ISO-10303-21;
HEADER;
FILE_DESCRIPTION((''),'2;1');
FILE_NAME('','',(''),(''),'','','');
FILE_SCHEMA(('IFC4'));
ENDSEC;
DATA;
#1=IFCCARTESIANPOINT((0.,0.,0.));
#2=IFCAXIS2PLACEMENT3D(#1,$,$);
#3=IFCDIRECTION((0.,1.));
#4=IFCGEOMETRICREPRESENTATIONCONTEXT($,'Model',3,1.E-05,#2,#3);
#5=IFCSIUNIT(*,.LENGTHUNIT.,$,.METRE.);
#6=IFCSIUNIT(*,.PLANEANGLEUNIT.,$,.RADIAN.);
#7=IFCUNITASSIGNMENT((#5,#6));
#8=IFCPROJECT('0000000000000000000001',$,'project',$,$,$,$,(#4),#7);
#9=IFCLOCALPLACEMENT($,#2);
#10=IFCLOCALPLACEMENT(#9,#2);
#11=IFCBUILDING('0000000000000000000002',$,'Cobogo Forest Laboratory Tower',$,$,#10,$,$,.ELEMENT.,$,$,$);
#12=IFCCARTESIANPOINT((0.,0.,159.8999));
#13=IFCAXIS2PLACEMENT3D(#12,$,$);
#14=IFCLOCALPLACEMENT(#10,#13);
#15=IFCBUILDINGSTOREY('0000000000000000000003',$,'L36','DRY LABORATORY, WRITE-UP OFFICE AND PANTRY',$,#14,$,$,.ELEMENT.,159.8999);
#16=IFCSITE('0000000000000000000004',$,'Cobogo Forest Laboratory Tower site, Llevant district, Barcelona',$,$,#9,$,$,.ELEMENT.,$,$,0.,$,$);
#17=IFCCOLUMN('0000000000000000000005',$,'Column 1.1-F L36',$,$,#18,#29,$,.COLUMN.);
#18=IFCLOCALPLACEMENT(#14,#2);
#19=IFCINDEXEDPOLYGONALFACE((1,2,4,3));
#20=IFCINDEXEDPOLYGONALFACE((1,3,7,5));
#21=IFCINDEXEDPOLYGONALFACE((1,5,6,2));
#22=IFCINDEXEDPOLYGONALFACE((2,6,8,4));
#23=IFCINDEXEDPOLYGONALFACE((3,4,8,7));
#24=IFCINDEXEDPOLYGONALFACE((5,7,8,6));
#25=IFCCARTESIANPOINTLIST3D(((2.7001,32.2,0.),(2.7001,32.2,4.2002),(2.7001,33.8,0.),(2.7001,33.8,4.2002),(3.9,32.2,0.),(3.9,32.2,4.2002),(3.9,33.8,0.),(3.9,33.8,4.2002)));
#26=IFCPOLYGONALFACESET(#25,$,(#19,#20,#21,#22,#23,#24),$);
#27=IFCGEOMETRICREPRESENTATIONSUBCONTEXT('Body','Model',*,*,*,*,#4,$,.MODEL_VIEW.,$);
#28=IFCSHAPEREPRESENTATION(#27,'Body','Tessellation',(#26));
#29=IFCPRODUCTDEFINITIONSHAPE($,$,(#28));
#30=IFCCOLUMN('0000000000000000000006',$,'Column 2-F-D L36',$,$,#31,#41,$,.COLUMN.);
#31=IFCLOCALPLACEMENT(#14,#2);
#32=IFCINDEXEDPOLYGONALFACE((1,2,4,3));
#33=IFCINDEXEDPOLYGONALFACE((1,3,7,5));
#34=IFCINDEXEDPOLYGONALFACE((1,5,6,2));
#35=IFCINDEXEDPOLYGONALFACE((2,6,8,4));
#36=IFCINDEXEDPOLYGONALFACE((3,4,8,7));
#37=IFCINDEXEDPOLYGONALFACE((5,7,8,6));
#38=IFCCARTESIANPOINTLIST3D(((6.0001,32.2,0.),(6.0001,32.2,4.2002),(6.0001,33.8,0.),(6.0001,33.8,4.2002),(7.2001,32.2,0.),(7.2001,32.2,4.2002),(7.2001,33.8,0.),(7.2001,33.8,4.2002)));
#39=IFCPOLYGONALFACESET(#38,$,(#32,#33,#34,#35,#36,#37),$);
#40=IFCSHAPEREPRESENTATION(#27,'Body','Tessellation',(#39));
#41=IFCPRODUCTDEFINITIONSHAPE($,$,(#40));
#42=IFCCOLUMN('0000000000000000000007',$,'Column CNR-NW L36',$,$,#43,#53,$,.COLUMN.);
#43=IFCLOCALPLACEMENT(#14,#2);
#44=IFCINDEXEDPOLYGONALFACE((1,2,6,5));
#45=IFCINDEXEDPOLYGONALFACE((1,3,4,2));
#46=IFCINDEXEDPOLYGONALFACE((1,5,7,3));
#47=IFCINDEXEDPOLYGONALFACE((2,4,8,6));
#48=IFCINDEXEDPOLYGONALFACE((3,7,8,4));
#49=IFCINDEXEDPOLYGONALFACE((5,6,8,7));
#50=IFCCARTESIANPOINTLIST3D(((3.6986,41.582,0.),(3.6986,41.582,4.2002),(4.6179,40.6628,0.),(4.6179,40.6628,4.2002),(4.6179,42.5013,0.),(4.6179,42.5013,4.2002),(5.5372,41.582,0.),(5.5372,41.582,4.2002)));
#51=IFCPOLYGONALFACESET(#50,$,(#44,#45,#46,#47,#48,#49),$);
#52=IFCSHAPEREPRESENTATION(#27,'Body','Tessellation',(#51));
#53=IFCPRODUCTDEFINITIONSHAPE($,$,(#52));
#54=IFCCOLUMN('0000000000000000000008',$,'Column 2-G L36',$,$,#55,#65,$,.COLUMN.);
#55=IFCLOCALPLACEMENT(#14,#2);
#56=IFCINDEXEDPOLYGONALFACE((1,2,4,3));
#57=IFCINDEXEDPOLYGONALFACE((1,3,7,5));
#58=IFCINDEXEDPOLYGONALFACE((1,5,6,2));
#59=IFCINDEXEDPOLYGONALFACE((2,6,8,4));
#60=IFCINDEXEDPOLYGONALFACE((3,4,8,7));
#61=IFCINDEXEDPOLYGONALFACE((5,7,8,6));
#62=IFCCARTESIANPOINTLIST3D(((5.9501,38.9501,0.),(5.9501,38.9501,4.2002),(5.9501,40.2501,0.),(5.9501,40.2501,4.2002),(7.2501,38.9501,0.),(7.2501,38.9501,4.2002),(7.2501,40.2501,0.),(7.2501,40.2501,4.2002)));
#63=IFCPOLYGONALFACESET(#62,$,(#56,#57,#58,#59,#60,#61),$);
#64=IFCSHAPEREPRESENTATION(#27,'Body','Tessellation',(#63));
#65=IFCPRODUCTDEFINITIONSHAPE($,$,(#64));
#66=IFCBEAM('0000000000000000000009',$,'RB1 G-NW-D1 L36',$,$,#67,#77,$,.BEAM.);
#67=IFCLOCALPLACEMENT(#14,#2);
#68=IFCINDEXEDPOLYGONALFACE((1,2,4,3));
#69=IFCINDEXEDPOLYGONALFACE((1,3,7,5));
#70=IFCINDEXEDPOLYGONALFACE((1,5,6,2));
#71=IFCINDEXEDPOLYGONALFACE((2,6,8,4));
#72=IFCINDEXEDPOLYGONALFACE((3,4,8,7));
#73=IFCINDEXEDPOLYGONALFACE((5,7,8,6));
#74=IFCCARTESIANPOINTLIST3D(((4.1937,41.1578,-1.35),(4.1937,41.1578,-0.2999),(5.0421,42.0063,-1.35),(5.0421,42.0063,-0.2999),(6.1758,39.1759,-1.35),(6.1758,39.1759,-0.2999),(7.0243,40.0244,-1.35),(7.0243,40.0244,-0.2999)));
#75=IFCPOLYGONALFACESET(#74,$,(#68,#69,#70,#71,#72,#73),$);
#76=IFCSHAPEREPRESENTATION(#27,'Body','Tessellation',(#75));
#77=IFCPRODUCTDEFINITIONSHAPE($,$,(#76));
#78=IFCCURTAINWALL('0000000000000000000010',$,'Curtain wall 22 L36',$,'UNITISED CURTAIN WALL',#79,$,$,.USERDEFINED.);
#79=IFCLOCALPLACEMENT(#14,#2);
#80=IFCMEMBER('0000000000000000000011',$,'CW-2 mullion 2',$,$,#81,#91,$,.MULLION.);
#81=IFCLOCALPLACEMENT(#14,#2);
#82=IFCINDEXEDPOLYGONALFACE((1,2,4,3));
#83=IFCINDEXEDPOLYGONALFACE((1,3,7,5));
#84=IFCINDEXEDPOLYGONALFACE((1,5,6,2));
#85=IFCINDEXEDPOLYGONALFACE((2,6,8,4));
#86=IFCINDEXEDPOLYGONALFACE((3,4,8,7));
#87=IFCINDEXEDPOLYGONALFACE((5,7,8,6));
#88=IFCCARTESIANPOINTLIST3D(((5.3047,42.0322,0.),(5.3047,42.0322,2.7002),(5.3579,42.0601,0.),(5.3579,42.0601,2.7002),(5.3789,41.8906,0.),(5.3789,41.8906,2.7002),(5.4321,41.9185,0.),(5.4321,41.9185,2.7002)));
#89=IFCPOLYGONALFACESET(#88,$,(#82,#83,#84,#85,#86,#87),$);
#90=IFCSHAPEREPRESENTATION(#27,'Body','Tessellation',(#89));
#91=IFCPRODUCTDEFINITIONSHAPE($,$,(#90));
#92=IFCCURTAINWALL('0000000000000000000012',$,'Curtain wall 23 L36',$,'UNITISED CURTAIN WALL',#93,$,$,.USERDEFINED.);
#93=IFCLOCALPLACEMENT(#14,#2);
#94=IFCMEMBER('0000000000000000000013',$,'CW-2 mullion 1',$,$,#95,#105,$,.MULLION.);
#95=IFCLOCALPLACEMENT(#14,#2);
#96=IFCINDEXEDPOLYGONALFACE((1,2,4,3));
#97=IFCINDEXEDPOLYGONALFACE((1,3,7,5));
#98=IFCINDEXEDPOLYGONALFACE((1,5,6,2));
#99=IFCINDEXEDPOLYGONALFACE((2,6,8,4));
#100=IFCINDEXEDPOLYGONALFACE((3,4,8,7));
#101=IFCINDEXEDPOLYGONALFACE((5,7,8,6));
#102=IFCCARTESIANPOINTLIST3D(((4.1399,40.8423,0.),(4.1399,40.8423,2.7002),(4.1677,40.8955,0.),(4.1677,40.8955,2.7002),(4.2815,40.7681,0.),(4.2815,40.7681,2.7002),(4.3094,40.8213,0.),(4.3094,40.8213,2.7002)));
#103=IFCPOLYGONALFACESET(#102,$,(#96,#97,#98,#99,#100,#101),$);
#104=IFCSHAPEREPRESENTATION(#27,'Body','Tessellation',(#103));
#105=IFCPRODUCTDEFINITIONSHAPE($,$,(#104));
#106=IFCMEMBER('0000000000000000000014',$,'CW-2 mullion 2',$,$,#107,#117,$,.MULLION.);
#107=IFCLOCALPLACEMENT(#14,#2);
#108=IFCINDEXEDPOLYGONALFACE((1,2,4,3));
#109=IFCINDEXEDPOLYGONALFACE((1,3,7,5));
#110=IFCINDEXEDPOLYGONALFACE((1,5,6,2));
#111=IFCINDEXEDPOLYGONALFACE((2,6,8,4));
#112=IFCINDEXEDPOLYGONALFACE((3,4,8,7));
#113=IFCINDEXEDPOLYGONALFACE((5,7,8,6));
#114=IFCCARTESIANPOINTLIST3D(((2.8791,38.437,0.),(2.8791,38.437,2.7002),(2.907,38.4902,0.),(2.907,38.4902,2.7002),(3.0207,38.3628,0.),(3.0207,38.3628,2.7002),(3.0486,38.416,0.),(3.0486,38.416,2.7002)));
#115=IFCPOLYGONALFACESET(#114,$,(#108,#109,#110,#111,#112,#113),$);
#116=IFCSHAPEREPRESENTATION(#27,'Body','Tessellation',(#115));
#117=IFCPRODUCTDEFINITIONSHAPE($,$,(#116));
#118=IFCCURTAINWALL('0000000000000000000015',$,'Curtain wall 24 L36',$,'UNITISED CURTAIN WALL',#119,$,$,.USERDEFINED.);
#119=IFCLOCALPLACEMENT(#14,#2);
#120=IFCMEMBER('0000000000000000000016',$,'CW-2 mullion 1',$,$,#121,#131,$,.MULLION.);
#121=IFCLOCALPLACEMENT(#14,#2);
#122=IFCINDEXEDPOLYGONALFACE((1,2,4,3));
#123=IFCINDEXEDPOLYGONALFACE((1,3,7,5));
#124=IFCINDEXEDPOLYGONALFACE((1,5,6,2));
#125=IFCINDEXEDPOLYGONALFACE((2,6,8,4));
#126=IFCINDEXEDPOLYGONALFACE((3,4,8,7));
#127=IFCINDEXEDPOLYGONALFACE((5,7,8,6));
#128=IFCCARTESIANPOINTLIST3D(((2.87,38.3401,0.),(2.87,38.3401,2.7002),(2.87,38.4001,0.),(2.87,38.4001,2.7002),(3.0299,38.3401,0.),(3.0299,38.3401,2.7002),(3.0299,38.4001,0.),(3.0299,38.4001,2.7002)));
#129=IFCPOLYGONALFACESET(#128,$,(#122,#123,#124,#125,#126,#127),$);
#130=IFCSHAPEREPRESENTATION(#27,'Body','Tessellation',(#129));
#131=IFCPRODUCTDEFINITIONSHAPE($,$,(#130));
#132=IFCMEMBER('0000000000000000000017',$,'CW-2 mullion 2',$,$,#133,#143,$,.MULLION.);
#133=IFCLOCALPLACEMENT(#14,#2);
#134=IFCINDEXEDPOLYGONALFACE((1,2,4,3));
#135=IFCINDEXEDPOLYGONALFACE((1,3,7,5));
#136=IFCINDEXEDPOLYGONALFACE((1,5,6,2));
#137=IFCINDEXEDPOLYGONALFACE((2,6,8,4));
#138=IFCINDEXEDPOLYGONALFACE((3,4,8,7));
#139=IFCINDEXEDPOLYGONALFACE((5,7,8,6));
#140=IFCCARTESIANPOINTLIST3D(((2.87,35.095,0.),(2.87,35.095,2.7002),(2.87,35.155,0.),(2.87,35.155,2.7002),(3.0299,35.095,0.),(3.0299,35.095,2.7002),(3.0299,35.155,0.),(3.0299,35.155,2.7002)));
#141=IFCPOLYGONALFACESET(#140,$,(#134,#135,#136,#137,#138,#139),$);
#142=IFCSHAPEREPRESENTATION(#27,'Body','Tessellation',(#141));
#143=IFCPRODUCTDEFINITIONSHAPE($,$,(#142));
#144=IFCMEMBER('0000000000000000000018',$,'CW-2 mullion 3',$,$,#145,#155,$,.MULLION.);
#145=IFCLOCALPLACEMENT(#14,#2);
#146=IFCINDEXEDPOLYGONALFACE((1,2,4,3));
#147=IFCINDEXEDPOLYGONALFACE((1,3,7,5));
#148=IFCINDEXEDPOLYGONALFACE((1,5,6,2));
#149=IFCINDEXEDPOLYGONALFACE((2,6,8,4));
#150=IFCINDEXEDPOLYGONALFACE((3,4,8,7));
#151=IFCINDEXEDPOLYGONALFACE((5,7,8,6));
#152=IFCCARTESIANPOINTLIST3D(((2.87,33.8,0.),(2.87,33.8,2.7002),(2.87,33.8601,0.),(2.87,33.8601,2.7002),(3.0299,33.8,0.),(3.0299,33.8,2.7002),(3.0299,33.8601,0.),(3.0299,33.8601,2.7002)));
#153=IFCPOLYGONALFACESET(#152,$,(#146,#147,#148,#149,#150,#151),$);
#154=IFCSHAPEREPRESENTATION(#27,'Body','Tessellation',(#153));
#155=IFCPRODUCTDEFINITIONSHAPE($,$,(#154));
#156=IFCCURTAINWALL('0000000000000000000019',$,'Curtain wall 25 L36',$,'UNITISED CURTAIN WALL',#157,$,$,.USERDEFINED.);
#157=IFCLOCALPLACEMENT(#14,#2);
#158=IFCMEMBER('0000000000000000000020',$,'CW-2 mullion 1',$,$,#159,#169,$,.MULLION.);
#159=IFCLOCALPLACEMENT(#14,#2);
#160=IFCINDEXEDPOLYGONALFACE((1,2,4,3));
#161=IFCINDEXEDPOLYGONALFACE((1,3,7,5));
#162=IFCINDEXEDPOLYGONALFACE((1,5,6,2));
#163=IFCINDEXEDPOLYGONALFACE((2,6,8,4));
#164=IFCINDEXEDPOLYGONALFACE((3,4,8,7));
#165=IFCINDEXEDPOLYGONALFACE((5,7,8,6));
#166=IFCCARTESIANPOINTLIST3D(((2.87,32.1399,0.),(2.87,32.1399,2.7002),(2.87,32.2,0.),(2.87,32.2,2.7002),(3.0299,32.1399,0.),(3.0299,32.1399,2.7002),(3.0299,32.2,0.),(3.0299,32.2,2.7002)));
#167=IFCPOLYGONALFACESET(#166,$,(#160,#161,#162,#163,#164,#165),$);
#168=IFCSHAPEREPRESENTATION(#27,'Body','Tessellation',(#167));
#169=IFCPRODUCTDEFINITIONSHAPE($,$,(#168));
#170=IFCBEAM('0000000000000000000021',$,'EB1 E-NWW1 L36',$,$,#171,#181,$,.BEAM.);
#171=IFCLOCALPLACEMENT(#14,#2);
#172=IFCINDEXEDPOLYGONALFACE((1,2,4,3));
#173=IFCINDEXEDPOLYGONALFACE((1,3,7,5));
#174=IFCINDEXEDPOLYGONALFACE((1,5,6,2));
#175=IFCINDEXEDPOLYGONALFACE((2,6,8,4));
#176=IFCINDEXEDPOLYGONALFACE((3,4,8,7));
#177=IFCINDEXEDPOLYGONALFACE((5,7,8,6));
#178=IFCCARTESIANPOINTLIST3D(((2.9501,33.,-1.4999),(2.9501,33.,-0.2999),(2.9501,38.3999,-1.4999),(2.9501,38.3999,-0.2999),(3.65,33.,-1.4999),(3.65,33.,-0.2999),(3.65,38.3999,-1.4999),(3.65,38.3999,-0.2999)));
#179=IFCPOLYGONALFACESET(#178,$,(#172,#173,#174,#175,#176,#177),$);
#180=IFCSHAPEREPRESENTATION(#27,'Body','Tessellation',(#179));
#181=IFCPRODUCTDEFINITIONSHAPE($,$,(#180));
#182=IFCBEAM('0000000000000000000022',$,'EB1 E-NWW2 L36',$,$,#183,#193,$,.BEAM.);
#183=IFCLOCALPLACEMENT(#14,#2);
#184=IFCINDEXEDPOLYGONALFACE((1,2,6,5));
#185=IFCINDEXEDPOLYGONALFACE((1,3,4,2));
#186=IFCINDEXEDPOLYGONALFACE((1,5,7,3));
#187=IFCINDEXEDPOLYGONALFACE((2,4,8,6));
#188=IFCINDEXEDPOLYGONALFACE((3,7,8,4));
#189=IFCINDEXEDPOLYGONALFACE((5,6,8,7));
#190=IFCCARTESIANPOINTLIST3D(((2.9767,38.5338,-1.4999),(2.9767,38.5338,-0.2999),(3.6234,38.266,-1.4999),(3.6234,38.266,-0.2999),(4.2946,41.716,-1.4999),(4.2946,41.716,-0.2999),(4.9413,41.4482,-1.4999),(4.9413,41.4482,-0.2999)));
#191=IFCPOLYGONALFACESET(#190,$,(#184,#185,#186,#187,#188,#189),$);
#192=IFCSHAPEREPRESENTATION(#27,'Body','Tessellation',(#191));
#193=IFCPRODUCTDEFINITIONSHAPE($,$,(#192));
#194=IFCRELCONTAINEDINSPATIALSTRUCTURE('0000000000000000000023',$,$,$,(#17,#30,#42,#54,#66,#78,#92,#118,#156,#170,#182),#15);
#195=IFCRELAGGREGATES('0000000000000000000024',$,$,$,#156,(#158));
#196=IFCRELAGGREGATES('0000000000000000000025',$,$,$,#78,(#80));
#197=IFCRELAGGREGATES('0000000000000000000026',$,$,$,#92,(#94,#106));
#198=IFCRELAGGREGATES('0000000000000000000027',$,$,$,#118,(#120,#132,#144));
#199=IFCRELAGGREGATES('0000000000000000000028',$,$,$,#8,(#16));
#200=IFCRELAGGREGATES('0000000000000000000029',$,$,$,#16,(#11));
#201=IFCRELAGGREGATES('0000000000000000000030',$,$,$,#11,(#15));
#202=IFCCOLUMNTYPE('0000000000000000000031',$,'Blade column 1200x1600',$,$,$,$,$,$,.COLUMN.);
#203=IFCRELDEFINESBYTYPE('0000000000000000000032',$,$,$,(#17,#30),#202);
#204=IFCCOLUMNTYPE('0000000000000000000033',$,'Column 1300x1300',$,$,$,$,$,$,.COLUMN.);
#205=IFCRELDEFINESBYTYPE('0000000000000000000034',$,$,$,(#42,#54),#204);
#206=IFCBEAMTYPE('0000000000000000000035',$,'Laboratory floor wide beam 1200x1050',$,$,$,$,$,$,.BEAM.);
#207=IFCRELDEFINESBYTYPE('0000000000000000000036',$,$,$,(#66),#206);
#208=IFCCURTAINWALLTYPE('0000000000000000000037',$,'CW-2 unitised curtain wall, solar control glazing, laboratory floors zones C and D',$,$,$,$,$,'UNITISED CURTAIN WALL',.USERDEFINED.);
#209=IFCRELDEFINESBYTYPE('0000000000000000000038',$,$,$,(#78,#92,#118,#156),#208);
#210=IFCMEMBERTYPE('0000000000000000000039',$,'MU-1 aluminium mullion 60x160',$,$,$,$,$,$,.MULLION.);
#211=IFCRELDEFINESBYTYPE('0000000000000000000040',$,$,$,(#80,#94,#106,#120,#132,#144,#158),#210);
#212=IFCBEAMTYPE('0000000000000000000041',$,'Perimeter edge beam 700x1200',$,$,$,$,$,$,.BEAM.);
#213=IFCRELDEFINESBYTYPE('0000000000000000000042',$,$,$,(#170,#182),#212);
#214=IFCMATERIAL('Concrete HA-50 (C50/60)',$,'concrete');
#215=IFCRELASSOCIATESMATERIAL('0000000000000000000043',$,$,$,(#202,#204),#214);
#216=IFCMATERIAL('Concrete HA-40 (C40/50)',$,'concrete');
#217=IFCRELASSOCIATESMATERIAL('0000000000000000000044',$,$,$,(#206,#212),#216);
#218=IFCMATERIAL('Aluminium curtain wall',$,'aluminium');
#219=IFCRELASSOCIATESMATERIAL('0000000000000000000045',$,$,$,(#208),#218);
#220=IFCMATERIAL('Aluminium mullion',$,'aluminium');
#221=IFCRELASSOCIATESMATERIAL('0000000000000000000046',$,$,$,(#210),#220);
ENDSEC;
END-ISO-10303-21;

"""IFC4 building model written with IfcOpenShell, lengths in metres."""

from ifc_helpers import new_model, si_unit, direction, frame, origin, origin_2d, place, context, subcontext, project, spatial, rectangle, extrude, material, material_profile, profile_set, type_object, element, aggregate, save


model = new_model("IFC4")

# Units and contexts
model_context = context("Model", 3, precision=1e-05, world=origin(), true_north=direction((0.0, 1.0)))
body_context = subcontext(model_context, "Body", "Model", "MODEL_VIEW")
ifc_project = project(units=[si_unit("LENGTHUNIT", "METRE"), si_unit("PLANEANGLEUNIT", "RADIAN")], contexts=[model_context])

# Site, building, storey
site_placement = place(None, origin())
site = spatial("IfcSite", under=ifc_project, at=site_placement, Name="Cobogo Forest Laboratory Tower site, Llevant district, Barcelona", CompositionType="ELEMENT", RefElevation=0.0)
building_placement = place(site_placement, origin())
building = spatial("IfcBuilding", under=site, at=building_placement, Name="Cobogo Forest Laboratory Tower", CompositionType="ELEMENT")
storey_placement = place(building_placement, frame((0.0, 0.0, 159.8999)))
storey = spatial("IfcBuildingStorey", under=building, at=storey_placement, Name="L36", Description="DRY LABORATORY, WRITE-UP OFFICE AND PANTRY", CompositionType="ELEMENT", Elevation=159.8999)

# Columns
ifc_material_1 = material(Name="Concrete HA-50 (C50/60)", Category="concrete")
ifc_material_profile_1 = material_profile(ifc_material_1, rectangle(XDim=1.6001, YDim=1.2, at=origin_2d()), Name="RC 1200x1600")
ifc_profile_set_1 = profile_set([ifc_material_profile_1], Name="Concrete HA-50 (C50/60)")
column_type_1 = type_object("IfcColumnType", Name="Blade column 1200x1600", PredefinedType="COLUMN", material=ifc_profile_set_1)
for number, where, z_axis, x_axis, name in (
    (1, (3.3, 33.0, 0.0), (0.0, 0.0, 1.0), (0.0, 1.0, 0.0), "Column 1.1-F L36"),
    (2, (6.6001, 33.0, 0.0), (0.0, 0.0, 1.0), (0.0, 1.0, 0.0), "Column 2-F-D L36"),
):
    element("IfcColumn", number, at=place(storey_placement, frame(where, z_axis=z_axis, x_axis=x_axis)), inside=storey, type_object=column_type_1, Name=name, PredefinedType="COLUMN", context=body_context, shape_type="SweptSolid", body=[
        extrude(rectangle(XDim=1.6001, YDim=1.2, at=origin_2d()), origin(), (0.0, 0.0, 1.0), 4.2002),
    ])
ifc_material_profile_2 = material_profile(ifc_material_1, rectangle(XDim=1.3, YDim=1.3, at=origin_2d()), Name="RC 1300x1300")
ifc_profile_set_2 = profile_set([ifc_material_profile_2], Name="Concrete HA-50 (C50/60)")
column_type_2 = type_object("IfcColumnType", Name="Column 1300x1300", PredefinedType="COLUMN", material=ifc_profile_set_2)
for number, where, z_axis, x_axis, name in (
    (3, (4.6179, 41.582, 0.0), (0.0, 0.0, 1.0), (0.707107, 0.707107, 0.0), "Column CNR-NW L36"),
    (4, (6.6001, 39.6001, 0.0), (0.0, 0.0, 1.0), (1.0, 0.0, 0.0), "Column 2-G L36"),
):
    element("IfcColumn", number, at=place(storey_placement, frame(where, z_axis=z_axis, x_axis=x_axis)), inside=storey, type_object=column_type_2, Name=name, PredefinedType="COLUMN", context=body_context, shape_type="SweptSolid", body=[
        extrude(rectangle(XDim=1.3, YDim=1.3, at=origin_2d()), origin(), (0.0, 0.0, 1.0), 4.2002),
    ])

# Beam
ifc_material_2 = material(Name="Concrete HA-40 (C40/50)", Category="concrete")
ifc_material_profile_3 = material_profile(ifc_material_2, rectangle(XDim=1.2, YDim=1.05, at=origin_2d()), Name="RC 1200x1050")
ifc_profile_set_3 = profile_set([ifc_material_profile_3], Name="Concrete HA-40 (C40/50)")
beam_type_1 = type_object("IfcBeamType", Name="Laboratory floor wide beam 1200x1050", PredefinedType="BEAM", material=ifc_profile_set_3)
beam_1_placement = place(storey_placement, frame((4.6179, 41.582, -0.825), z_axis=(0.70715, -0.707063, 0.0), x_axis=(0.707063, 0.70715, 0.0)))
element("IfcBeam", 5, at=beam_1_placement, inside=storey, type_object=beam_type_1, Name="RB1 G-NW-D1 L36", PredefinedType="BEAM", context=body_context, shape_type="SweptSolid", body=[
    extrude(rectangle(XDim=1.2, YDim=1.05, at=origin_2d()), origin(), (0.0, 0.0, 1.0), 2.803),
])

# Curtain wall, member
ifc_material_3 = material(Name="Aluminium curtain wall", Category="aluminium")
curtain_wall_type = type_object("IfcCurtainWallType", Name="CW-2 unitised curtain wall, solar control glazing, laboratory floors zones C and D", ElementType="UNITISED CURTAIN WALL", PredefinedType="USERDEFINED", material=ifc_material_3)
curtain_wall_1_placement = place(storey_placement, origin())
curtain_wall_1 = element("IfcCurtainWall", 6, at=curtain_wall_1_placement, inside=storey, type_object=curtain_wall_type, Name="Curtain wall 22 L36", ObjectType="UNITISED CURTAIN WALL", PredefinedType="USERDEFINED")
ifc_material_4 = material(Name="Aluminium mullion", Category="aluminium")
ifc_material_profile_4 = material_profile(ifc_material_4, rectangle(XDim=0.0601, YDim=0.1599, at=origin_2d()), Name="AL 60x160")
ifc_profile_set_4 = profile_set([ifc_material_profile_4], Name="Aluminium mullion")
member_type_1 = type_object("IfcMemberType", Name="MU-1 aluminium mullion 60x160", PredefinedType="MULLION", material=ifc_profile_set_4)
member_1_placement = place(storey_placement, frame((5.3684, 41.9753, 0.0), z_axis=(0.0, 0.0, 1.0), x_axis=(-0.885687, -0.464284, 0.0)))
member_1 = element("IfcMember", 7, at=member_1_placement, type_object=member_type_1, Name="CW-2 mullion 2", PredefinedType="MULLION", context=body_context, shape_type="SweptSolid", body=[
    extrude(rectangle(XDim=0.0601, YDim=0.1599, at=origin_2d()), origin(), (0.0, 0.0, 1.0), 2.7002),
])

# Curtain walls, members
curtain_wall_2_placement = place(storey_placement, origin())
curtain_wall_2 = element("IfcCurtainWall", 8, at=curtain_wall_2_placement, inside=storey, type_object=curtain_wall_type, Name="Curtain wall 23 L36", ObjectType="UNITISED CURTAIN WALL", PredefinedType="USERDEFINED")
member_2_placement = place(storey_placement, frame((4.2246, 40.8318, 0.0), z_axis=(0.0, 0.0, 1.0), x_axis=(-0.464284, -0.885687, 0.0)))
member_2 = element("IfcMember", 9, at=member_2_placement, type_object=member_type_1, Name="CW-2 mullion 1", PredefinedType="MULLION", context=body_context, shape_type="SweptSolid", body=[
    extrude(rectangle(XDim=0.0601, YDim=0.1599, at=origin_2d()), origin(), (0.0, 0.0, 1.0), 2.7002),
])
member_3_placement = place(storey_placement, frame((2.9639, 38.4265, 0.0), z_axis=(0.0, 0.0, 1.0), x_axis=(-0.464284, -0.885687, 0.0)))
member_3 = element("IfcMember", 10, at=member_3_placement, type_object=member_type_1, Name="CW-2 mullion 2", PredefinedType="MULLION", context=body_context, shape_type="SweptSolid", body=[
    extrude(rectangle(XDim=0.0601, YDim=0.1599, at=origin_2d()), origin(), (0.0, 0.0, 1.0), 2.7002),
])
curtain_wall_3_placement = place(storey_placement, origin())
curtain_wall_3 = element("IfcCurtainWall", 11, at=curtain_wall_3_placement, inside=storey, type_object=curtain_wall_type, Name="Curtain wall 24 L36", ObjectType="UNITISED CURTAIN WALL", PredefinedType="USERDEFINED")
member_4_placement = place(storey_placement, frame((2.95, 38.3701, 0.0), z_axis=(0.0, 0.0, 1.0), x_axis=(0.0, -1.0, 0.0)))
member_4 = element("IfcMember", 12, at=member_4_placement, type_object=member_type_1, Name="CW-2 mullion 1", PredefinedType="MULLION", context=body_context, shape_type="SweptSolid", body=[
    extrude(rectangle(XDim=0.0601, YDim=0.1599, at=origin_2d()), origin(), (0.0, 0.0, 1.0), 2.7002),
])
member_5_placement = place(storey_placement, frame((2.95, 35.125, 0.0), z_axis=(0.0, 0.0, 1.0), x_axis=(0.0, -1.0, 0.0)))
member_5 = element("IfcMember", 13, at=member_5_placement, type_object=member_type_1, Name="CW-2 mullion 2", PredefinedType="MULLION", context=body_context, shape_type="SweptSolid", body=[
    extrude(rectangle(XDim=0.0601, YDim=0.1599, at=origin_2d()), origin(), (0.0, 0.0, 1.0), 2.7002),
])
member_6_placement = place(storey_placement, frame((2.95, 33.8301, 0.0), z_axis=(0.0, 0.0, 1.0), x_axis=(0.0, -1.0, 0.0)))
member_6 = element("IfcMember", 14, at=member_6_placement, type_object=member_type_1, Name="CW-2 mullion 3", PredefinedType="MULLION", context=body_context, shape_type="SweptSolid", body=[
    extrude(rectangle(XDim=0.0601, YDim=0.1599, at=origin_2d()), origin(), (0.0, 0.0, 1.0), 2.7002),
])

# Curtain wall, member
curtain_wall_4_placement = place(storey_placement, origin())
curtain_wall_4 = element("IfcCurtainWall", 15, at=curtain_wall_4_placement, inside=storey, type_object=curtain_wall_type, Name="Curtain wall 25 L36", ObjectType="UNITISED CURTAIN WALL", PredefinedType="USERDEFINED")
member_7_placement = place(storey_placement, frame((2.95, 32.1699, 0.0), z_axis=(0.0, 0.0, 1.0), x_axis=(0.0, -1.0, 0.0)))
member_7 = element("IfcMember", 16, at=member_7_placement, type_object=member_type_1, Name="CW-2 mullion 1", PredefinedType="MULLION", context=body_context, shape_type="SweptSolid", body=[
    extrude(rectangle(XDim=0.0601, YDim=0.1599, at=origin_2d()), origin(), (0.0, 0.0, 1.0), 2.7002),
])

# Beams
ifc_material_profile_5 = material_profile(ifc_material_2, rectangle(XDim=0.7, YDim=1.2, at=origin_2d()), Name="RC 700x1200")
ifc_profile_set_5 = profile_set([ifc_material_profile_5], Name="Concrete HA-40 (C40/50)")
beam_type_2 = type_object("IfcBeamType", Name="Perimeter edge beam 700x1200", PredefinedType="BEAM", material=ifc_profile_set_5)
beam_2_placement = place(storey_placement, frame((3.3, 33.0, -0.8999), z_axis=(0.0, 1.0, 0.0), x_axis=(-1.0, 0.0, 0.0)))
element("IfcBeam", 17, at=beam_2_placement, inside=storey, type_object=beam_type_2, Name="EB1 E-NWW1 L36", PredefinedType="BEAM", context=body_context, shape_type="SweptSolid", body=[
    extrude(rectangle(XDim=0.7, YDim=1.2, at=origin_2d()), origin(), (0.0, 0.0, 1.0), 5.3999),
])
beam_3_placement = place(storey_placement, frame((3.3, 38.3999, -0.8999), z_axis=(0.382631, 0.923901, 0.0), x_axis=(-0.923901, 0.382631, 0.0)))
element("IfcBeam", 18, at=beam_3_placement, inside=storey, type_object=beam_type_2, Name="EB1 E-NWW2 L36", PredefinedType="BEAM", context=body_context, shape_type="SweptSolid", body=[
    extrude(rectangle(XDim=0.7, YDim=1.2, at=origin_2d()), origin(), (0.0, 0.0, 1.0), 3.4443),
])

aggregate(curtain_wall_4, [member_7])

aggregate(curtain_wall_1, [member_1])
aggregate(curtain_wall_2, [member_2, member_3])
aggregate(curtain_wall_3, [member_4, member_5, member_6])

save(model, "model.ifc")
